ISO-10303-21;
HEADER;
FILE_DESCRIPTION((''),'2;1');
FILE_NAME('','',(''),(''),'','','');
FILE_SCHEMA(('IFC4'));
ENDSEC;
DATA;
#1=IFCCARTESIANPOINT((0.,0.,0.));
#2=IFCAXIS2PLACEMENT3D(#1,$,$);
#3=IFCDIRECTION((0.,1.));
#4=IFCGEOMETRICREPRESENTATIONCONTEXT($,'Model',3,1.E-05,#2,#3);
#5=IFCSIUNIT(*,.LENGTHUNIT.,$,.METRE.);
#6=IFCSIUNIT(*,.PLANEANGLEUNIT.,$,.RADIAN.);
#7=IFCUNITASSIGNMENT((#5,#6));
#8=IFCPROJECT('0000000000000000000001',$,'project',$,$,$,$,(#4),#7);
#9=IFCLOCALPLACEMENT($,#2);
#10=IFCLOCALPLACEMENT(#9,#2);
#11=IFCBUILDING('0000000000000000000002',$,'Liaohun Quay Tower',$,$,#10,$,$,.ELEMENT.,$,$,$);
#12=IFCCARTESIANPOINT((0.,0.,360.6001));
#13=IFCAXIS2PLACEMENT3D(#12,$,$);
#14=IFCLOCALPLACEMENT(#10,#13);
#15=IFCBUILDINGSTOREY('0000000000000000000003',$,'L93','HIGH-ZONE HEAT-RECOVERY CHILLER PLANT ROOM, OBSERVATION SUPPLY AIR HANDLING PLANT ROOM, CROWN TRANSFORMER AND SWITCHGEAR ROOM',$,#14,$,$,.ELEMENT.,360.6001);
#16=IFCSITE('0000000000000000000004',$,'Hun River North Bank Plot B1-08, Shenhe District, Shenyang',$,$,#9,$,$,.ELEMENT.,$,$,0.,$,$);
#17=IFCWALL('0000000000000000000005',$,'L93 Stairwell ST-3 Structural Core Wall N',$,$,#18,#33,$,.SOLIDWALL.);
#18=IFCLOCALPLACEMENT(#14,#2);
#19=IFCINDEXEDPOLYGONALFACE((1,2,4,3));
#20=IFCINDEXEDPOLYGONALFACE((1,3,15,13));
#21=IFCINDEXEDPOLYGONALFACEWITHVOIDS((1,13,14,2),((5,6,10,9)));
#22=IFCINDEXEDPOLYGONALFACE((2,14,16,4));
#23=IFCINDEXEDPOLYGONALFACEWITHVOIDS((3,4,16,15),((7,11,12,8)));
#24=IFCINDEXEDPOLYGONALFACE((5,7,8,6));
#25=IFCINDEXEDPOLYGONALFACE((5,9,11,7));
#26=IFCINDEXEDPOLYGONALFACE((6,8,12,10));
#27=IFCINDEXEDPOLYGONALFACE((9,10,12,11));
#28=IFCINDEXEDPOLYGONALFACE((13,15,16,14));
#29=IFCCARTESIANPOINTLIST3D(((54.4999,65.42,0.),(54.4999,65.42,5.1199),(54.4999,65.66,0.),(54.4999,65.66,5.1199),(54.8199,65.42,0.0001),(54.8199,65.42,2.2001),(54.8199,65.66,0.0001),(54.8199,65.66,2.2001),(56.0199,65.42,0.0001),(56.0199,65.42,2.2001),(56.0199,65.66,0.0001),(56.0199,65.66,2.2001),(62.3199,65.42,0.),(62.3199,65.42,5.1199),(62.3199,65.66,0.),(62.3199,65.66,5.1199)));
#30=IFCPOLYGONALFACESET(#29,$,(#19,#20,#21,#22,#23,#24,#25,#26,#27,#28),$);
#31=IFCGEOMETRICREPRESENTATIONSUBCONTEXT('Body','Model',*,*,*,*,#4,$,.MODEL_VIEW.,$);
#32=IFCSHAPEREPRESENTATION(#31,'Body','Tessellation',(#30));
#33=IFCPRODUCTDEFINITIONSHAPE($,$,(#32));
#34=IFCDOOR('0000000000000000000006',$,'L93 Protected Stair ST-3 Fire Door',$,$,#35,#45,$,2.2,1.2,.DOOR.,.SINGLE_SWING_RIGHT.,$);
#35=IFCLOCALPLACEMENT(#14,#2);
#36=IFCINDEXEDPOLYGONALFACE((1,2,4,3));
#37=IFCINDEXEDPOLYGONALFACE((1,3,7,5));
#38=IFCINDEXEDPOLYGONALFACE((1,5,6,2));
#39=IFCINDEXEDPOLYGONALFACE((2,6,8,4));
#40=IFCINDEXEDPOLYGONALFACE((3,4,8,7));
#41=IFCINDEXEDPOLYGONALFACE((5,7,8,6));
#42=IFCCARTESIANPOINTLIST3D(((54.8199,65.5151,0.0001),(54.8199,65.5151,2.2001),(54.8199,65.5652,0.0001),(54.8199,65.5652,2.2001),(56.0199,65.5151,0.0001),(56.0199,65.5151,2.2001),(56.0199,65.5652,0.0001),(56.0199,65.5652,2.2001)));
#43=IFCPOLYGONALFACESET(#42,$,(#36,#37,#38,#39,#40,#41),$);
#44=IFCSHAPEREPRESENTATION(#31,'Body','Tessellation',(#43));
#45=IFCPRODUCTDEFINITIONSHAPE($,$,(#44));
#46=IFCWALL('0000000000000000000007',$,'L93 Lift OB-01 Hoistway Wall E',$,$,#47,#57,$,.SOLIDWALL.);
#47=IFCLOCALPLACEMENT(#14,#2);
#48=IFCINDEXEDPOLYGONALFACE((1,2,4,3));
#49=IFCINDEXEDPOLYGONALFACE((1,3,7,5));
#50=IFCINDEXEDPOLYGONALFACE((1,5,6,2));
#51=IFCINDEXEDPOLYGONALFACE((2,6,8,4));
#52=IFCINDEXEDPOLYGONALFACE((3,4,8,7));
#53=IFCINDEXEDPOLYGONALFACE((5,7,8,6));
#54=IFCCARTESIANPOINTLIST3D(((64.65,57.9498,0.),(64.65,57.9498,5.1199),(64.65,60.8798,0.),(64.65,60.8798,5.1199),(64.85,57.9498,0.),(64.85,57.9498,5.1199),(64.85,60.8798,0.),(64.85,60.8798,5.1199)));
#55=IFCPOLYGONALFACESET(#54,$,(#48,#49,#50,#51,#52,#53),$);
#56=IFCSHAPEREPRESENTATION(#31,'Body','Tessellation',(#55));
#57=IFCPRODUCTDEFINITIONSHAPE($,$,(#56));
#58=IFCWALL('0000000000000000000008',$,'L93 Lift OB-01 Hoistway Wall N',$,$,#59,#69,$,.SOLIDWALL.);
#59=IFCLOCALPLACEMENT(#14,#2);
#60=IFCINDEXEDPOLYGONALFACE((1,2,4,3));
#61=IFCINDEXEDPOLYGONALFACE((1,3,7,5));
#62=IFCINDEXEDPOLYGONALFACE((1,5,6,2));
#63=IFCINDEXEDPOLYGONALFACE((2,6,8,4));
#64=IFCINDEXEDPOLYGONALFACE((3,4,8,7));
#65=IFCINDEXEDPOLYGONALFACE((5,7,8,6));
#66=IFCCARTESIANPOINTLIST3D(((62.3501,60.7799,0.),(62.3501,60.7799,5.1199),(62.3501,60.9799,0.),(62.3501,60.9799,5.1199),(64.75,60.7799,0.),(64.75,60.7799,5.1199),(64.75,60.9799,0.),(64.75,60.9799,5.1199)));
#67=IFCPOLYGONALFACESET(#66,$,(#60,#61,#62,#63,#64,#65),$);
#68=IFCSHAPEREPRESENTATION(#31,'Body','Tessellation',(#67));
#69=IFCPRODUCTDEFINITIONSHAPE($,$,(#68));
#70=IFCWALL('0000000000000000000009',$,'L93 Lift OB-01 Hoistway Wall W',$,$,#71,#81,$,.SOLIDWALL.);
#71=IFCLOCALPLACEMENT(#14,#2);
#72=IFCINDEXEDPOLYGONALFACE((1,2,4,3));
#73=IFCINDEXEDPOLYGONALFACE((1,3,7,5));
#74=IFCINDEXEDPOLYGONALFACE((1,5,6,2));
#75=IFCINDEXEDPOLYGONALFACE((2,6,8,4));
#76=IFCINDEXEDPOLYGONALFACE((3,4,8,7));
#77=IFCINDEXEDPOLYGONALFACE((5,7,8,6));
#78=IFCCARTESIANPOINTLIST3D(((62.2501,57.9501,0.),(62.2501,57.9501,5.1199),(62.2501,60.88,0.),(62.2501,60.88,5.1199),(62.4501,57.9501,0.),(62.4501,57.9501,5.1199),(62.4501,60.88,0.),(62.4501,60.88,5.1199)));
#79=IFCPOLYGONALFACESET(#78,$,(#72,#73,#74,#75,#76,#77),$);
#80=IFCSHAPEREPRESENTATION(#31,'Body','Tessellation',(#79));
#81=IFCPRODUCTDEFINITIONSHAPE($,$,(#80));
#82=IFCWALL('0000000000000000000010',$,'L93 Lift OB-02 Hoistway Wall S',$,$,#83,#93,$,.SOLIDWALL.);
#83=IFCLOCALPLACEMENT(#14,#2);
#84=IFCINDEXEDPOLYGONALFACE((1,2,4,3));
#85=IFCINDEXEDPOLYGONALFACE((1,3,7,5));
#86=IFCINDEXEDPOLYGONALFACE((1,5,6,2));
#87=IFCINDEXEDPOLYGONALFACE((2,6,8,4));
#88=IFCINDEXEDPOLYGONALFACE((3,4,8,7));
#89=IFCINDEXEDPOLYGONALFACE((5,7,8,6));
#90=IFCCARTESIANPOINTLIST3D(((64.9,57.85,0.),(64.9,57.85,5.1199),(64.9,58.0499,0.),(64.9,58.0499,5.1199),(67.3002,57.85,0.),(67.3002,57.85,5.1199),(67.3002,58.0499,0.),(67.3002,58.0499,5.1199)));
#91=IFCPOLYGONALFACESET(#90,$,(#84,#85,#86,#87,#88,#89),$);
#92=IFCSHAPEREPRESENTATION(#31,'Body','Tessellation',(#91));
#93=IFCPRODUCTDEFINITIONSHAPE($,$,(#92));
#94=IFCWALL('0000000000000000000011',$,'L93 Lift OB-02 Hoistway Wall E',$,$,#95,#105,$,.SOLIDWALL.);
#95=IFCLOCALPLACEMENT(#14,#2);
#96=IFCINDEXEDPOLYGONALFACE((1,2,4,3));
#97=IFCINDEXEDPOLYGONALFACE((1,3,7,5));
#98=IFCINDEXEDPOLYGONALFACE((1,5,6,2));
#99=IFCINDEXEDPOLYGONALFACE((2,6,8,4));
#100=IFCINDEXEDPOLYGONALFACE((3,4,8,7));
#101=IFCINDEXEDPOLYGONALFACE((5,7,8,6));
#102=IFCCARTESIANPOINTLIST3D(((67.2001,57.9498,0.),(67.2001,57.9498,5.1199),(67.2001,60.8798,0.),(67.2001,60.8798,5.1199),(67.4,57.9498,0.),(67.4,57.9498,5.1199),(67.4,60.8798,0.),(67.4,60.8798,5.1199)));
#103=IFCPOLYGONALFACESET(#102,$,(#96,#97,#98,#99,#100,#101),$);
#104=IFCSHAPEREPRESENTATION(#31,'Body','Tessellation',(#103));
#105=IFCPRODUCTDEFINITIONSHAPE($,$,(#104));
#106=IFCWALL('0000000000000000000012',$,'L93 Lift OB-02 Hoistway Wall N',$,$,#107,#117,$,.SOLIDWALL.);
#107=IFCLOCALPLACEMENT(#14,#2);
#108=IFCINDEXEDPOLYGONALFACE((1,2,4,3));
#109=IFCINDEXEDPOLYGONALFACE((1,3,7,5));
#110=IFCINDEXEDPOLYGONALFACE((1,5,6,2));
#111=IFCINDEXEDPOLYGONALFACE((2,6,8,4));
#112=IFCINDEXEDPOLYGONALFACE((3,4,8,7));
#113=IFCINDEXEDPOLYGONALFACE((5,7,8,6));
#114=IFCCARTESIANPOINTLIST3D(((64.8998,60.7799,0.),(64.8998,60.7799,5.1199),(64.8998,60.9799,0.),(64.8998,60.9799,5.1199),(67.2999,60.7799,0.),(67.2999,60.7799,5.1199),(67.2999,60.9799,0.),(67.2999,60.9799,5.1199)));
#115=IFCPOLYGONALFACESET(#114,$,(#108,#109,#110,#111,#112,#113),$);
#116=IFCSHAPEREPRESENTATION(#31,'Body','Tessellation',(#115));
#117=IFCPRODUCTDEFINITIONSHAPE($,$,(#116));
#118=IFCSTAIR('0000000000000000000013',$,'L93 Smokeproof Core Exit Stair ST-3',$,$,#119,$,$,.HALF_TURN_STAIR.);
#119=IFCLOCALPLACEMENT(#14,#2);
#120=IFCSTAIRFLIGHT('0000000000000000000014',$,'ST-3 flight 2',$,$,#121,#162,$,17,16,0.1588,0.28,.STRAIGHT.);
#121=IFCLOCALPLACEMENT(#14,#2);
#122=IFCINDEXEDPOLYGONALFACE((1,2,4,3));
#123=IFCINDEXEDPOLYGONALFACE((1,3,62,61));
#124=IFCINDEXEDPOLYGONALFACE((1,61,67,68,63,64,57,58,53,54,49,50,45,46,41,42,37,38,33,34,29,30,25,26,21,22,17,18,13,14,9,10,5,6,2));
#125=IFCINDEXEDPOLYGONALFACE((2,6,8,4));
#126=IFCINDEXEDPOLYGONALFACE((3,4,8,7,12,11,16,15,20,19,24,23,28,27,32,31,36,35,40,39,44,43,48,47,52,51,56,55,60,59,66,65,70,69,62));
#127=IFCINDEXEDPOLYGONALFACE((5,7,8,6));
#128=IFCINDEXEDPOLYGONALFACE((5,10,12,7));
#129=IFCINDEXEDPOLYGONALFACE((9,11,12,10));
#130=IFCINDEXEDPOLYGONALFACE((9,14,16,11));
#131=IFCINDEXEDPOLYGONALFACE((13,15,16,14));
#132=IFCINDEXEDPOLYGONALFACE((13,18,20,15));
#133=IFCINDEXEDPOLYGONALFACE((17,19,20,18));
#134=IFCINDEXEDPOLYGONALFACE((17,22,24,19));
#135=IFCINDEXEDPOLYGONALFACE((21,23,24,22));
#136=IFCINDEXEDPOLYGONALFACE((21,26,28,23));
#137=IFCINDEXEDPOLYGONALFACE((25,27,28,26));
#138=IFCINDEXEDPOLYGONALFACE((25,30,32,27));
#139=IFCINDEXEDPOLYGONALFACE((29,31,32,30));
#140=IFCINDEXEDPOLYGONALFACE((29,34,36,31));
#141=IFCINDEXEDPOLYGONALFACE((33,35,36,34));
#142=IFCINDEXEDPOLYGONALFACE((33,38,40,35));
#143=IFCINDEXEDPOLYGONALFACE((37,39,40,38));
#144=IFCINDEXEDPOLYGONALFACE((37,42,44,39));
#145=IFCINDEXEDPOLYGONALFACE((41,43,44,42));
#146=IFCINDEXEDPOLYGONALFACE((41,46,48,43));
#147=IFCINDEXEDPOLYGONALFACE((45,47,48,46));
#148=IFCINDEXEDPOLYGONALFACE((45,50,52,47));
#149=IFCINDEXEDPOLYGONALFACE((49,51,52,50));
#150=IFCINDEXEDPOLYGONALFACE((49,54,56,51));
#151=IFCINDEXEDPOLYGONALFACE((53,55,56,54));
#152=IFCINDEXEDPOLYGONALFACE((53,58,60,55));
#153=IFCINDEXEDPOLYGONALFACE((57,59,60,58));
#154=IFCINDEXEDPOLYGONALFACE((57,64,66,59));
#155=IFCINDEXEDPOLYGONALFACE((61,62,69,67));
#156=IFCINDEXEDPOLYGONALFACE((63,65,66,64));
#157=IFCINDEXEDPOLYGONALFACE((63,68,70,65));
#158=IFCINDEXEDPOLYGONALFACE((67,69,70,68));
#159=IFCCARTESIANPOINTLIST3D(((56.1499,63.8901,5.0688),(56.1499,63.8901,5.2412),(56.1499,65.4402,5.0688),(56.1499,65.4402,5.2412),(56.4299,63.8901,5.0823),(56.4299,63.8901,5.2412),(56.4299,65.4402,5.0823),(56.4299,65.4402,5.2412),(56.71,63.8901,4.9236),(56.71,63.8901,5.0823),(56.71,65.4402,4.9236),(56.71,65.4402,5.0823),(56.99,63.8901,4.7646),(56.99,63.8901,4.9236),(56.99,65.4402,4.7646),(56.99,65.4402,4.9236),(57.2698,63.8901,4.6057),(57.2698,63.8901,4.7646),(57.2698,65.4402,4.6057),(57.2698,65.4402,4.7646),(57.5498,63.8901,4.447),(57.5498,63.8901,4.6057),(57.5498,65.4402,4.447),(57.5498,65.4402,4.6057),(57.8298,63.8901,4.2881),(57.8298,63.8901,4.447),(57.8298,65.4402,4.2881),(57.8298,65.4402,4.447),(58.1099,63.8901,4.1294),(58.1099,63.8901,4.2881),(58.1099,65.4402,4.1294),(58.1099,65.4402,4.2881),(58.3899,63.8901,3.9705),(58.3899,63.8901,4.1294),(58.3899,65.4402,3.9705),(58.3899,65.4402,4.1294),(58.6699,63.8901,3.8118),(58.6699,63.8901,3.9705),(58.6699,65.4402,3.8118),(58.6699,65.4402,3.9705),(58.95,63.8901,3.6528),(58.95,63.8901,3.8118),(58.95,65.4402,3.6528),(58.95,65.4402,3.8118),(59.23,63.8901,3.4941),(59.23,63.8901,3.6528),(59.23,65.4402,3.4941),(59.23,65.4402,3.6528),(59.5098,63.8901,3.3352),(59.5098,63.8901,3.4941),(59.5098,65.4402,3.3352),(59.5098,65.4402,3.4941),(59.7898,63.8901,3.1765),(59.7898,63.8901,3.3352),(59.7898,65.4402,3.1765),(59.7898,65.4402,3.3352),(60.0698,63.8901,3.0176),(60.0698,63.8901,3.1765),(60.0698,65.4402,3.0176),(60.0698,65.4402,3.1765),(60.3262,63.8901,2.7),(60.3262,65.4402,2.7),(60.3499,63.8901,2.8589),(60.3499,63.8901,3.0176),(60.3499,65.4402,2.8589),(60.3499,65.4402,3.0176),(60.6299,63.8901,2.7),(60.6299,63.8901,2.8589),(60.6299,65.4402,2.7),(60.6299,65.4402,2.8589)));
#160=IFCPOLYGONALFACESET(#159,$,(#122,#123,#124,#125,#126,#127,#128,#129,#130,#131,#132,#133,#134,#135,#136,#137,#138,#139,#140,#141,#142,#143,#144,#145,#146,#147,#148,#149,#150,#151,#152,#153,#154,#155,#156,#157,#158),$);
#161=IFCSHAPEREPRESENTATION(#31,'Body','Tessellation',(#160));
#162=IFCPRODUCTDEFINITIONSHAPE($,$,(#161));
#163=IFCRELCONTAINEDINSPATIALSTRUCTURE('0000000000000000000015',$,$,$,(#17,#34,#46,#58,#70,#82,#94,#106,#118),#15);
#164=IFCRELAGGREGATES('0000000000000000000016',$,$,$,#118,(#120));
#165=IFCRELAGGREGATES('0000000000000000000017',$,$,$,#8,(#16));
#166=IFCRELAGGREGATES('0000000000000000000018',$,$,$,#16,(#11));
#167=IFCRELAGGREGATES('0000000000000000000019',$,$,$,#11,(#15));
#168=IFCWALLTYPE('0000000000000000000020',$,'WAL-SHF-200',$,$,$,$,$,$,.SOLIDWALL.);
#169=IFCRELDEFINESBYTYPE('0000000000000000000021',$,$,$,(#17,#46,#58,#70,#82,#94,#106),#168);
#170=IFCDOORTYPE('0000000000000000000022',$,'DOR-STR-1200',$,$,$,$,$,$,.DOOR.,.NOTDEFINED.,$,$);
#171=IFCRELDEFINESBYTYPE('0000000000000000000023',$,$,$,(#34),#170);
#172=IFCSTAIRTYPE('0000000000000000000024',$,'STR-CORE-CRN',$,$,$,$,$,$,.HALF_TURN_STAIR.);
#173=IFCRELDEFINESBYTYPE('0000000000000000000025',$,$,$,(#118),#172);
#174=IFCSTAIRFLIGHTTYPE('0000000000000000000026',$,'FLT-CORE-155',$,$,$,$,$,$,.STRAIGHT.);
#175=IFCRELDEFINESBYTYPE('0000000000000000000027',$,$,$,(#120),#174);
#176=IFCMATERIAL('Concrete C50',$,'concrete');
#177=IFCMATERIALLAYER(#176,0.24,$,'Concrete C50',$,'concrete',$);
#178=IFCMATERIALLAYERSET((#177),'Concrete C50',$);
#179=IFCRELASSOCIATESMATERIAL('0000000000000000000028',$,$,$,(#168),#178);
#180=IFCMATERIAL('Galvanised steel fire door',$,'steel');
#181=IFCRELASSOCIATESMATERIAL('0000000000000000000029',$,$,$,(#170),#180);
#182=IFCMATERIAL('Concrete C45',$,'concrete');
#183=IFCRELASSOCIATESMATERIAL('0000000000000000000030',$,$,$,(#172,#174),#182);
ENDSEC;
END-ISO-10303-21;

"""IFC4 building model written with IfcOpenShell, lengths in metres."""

from ifc_helpers import new_model, si_unit, direction, frame, frame_2d, origin, place, context, subcontext, project, spatial, polyline, rectangle, outline, extrude, source, transform, mapped, material, layer, layer_set, type_object, element, fill, aggregate, save


model = new_model("IFC4")

# Units and contexts
model_context = context("Model", 3, precision=1e-05, world=origin(), true_north=direction((0.0, 1.0)))
body_context = subcontext(model_context, "Body", "Model", "MODEL_VIEW")
ifc_project = project(units=[si_unit("LENGTHUNIT", "METRE"), si_unit("PLANEANGLEUNIT", "RADIAN")], contexts=[model_context])

# Site, building, storey
site_placement = place(None, origin())
site = spatial("IfcSite", under=ifc_project, at=site_placement, Name="Hun River North Bank Plot B1-08, Shenhe District, Shenyang", CompositionType="ELEMENT", RefElevation=0.0)
building_placement = place(site_placement, origin())
building = spatial("IfcBuilding", under=site, at=building_placement, Name="Liaohun Quay Tower", CompositionType="ELEMENT")
storey_placement = place(building_placement, frame((0.0, 0.0, 360.6001)))
storey = spatial("IfcBuildingStorey", under=building, at=storey_placement, Name="L93", Description="HIGH-ZONE HEAT-RECOVERY CHILLER PLANT ROOM, OBSERVATION SUPPLY AIR HANDLING PLANT ROOM, CROWN TRANSFORMER AND SWITCHGEAR ROOM", CompositionType="ELEMENT", Elevation=360.6001)

# Shared definitions
ifc_material_1 = material(Name="Concrete C50", Category="concrete")

# Shared definitions
ifc_layer_1 = layer(ifc_material_1, 0.24, Name="Concrete C50", Category="concrete")
ifc_layer_set_1 = layer_set([ifc_layer_1], Name="Concrete C50")
wall_type_1 = type_object("IfcWallType", Name="WAL-SHF-200", PredefinedType="SOLIDWALL", material=ifc_layer_set_1)

# Wall, opening, door
wall_1_placement = place(storey_placement, frame((62.3201, 65.54, 0.0), z_axis=(0.0, 0.0, 1.0), x_axis=(-1.0, 0.0, 0.0)))
wall_1 = element("IfcWall", 1, at=wall_1_placement, inside=storey, type_object=wall_type_1, Name="L93 Stairwell ST-3 Structural Core Wall N", PredefinedType="SOLIDWALL", context=body_context, shape_type="SweptSolid", body=[
    extrude(rectangle(XDim=7.8201, YDim=0.24, at=frame_2d((3.9102, 0.0))), origin(), (0.0, 0.0, 1.0), 5.1199),
])
shared_shape_1 = source(origin(), body_context, "Body", "SweptSolid", [
    extrude(rectangle(XDim=1.2, YDim=2.2, at=frame_2d((0.6001, 1.1001))), frame((0.0, 0.1299, 0.0), z_axis=(0.0, -1.0, 0.0), x_axis=(1.0, 0.0, 0.0)), (0.0, 0.0, 1.0), 0.26),
])
opening_1_placement = place(wall_1_placement, frame((6.3, 0.0, 0.0)))
opening_1 = element("IfcOpeningElement", 2, at=opening_1_placement, cuts=wall_1, PredefinedType="OPENING", context=body_context, shape_type="MappedRepresentation", body=[
    mapped(shared_shape_1, transform((0.0, 0.0, 0.0), x_axis=(1.0, 0.0, 0.0), y_axis=(0.0, 1.0, 0.0), z_axis=(0.0, 0.0, 1.0), scale=1.0)),
])
ifc_material_2 = material(Name="Galvanised steel fire door", Category="steel")
door_type_1 = type_object("IfcDoorType", Name="DOR-STR-1200", OperationType="NOTDEFINED", PredefinedType="DOOR", material=ifc_material_2)
shared_shape_2 = source(origin(), body_context, "Body", "SweptSolid", [
    extrude(rectangle(XDim=1.2, YDim=2.2, at=frame_2d((0.6001, 1.1001))), frame((0.0, 0.0249, 0.0), z_axis=(0.0, -1.0, 0.0), x_axis=(1.0, 0.0, 0.0)), (0.0, 0.0, 1.0), 0.05),
])
door_1_placement = place(opening_1_placement, origin())
door_1 = element("IfcDoor", 3, at=door_1_placement, inside=storey, type_object=door_type_1, Name="L93 Protected Stair ST-3 Fire Door", OperationType="SINGLE_SWING_RIGHT", OverallHeight=2.2, OverallWidth=1.2, PredefinedType="DOOR", context=body_context, shape_type="MappedRepresentation", body=[
    mapped(shared_shape_2, transform((0.0, 0.0, 0.0), x_axis=(1.0, 0.0, 0.0), y_axis=(0.0, 1.0, 0.0), z_axis=(0.0, 0.0, 1.0), scale=1.0)),
])
fill(opening_1, door_1)

# Walls
wall_2_placement = place(storey_placement, frame((64.75, 57.95, 0.0), z_axis=(0.0, 0.0, 1.0), x_axis=(0.0, 1.0, 0.0)))
element("IfcWall", 4, at=wall_2_placement, inside=storey, type_object=wall_type_1, Name="L93 Lift OB-01 Hoistway Wall E", PredefinedType="SOLIDWALL", context=body_context, shape_type="SweptSolid", body=[
    extrude(rectangle(XDim=2.9299, YDim=0.2, at=frame_2d((1.4648, 0.0))), origin(), (0.0, 0.0, 1.0), 5.1199),
])
wall_3_placement = place(storey_placement, frame((64.75, 60.8799, 0.0), z_axis=(0.0, 0.0, 1.0), x_axis=(-1.0, 0.0, 0.0)))
element("IfcWall", 5, at=wall_3_placement, inside=storey, type_object=wall_type_1, Name="L93 Lift OB-01 Hoistway Wall N", PredefinedType="SOLIDWALL", context=body_context, shape_type="SweptSolid", body=[
    extrude(rectangle(XDim=2.3999, YDim=0.2, at=frame_2d((1.2, 0.0))), origin(), (0.0, 0.0, 1.0), 5.1199),
])
wall_4_placement = place(storey_placement, frame((62.3501, 60.8799, 0.0), z_axis=(0.0, 0.0, 1.0), x_axis=(0.0, -1.0, 0.0)))
element("IfcWall", 6, at=wall_4_placement, inside=storey, type_object=wall_type_1, Name="L93 Lift OB-01 Hoistway Wall W", PredefinedType="SOLIDWALL", context=body_context, shape_type="SweptSolid", body=[
    extrude(rectangle(XDim=2.9299, YDim=0.2, at=frame_2d((1.4648, 0.0))), origin(), (0.0, 0.0, 1.0), 5.1199),
])
wall_5_placement = place(storey_placement, frame((64.8999, 57.95, 0.0), z_axis=(0.0, 0.0, 1.0), x_axis=(1.0, 0.0, 0.0)))
element("IfcWall", 7, at=wall_5_placement, inside=storey, type_object=wall_type_1, Name="L93 Lift OB-02 Hoistway Wall S", PredefinedType="SOLIDWALL", context=body_context, shape_type="SweptSolid", body=[
    extrude(rectangle(XDim=2.4001, YDim=0.2, at=frame_2d((1.2002, 0.0))), origin(), (0.0, 0.0, 1.0), 5.1199),
])
wall_6_placement = place(storey_placement, frame((67.3, 57.95, 0.0), z_axis=(0.0, 0.0, 1.0), x_axis=(0.0, 1.0, 0.0)))
element("IfcWall", 8, at=wall_6_placement, inside=storey, type_object=wall_type_1, Name="L93 Lift OB-02 Hoistway Wall E", PredefinedType="SOLIDWALL", context=body_context, shape_type="SweptSolid", body=[
    extrude(rectangle(XDim=2.9299, YDim=0.2, at=frame_2d((1.4648, 0.0))), origin(), (0.0, 0.0, 1.0), 5.1199),
])
wall_7_placement = place(storey_placement, frame((67.3, 60.8799, 0.0), z_axis=(0.0, 0.0, 1.0), x_axis=(-1.0, 0.0, 0.0)))
element("IfcWall", 9, at=wall_7_placement, inside=storey, type_object=wall_type_1, Name="L93 Lift OB-02 Hoistway Wall N", PredefinedType="SOLIDWALL", context=body_context, shape_type="SweptSolid", body=[
    extrude(rectangle(XDim=2.4001, YDim=0.2, at=frame_2d((1.2002, 0.0))), origin(), (0.0, 0.0, 1.0), 5.1199),
])

# Stair, stair flight
ifc_material_3 = material(Name="Concrete C45", Category="concrete")
stair_type = type_object("IfcStairType", Name="STR-CORE-CRN", PredefinedType="HALF_TURN_STAIR", material=ifc_material_3)
stair_placement = place(storey_placement, origin())
stair = element("IfcStair", 10, at=stair_placement, inside=storey, type_object=stair_type, Name="L93 Smokeproof Core Exit Stair ST-3", PredefinedType="HALF_TURN_STAIR")
stair_flight_type = type_object("IfcStairFlightType", Name="FLT-CORE-155", PredefinedType="STRAIGHT", material=ifc_material_3)
stair_flight_placement = place(storey_placement, frame((60.6299, 64.665, 2.7), z_axis=(0.0, 0.0, 1.0), x_axis=(-1.0, 0.0, 0.0)))
stair_flight = element("IfcStairFlight", 11, at=stair_flight_placement, type_object=stair_flight_type, Name="ST-3 flight 2", NumberOfRisers=17, NumberOfTreads=16, PredefinedType="STRAIGHT", RiserHeight=0.1588, TreadLength=0.28, context=body_context, shape_type="SweptSolid", body=[
    extrude(outline(polyline([(0.0, 0.0), (0.0, 0.1589), (0.28, 0.1589), (0.28, 0.3176), (0.5601, 0.3176), (0.5601, 0.4766), (0.8401, 0.4766), (0.8401, 0.6353), (1.1201, 0.6353), (1.1201, 0.7942), (1.3999, 0.7942), (1.3999, 0.9529), (1.6799, 0.9529), (1.6799, 1.1118), (1.96, 1.1118), (1.96, 1.2705), (2.24, 1.2705), (2.24, 1.4294), (2.52, 1.4294), (2.52, 1.5881), (2.8, 1.5881), (2.8, 1.7471), (3.0801, 1.7471), (3.0801, 1.9058), (3.3601, 1.9058), (3.3601, 2.0647), (3.6399, 2.0647), (3.6399, 2.2236), (3.9199, 2.2236), (3.9199, 2.3823), (4.2, 2.3823), (4.2, 2.5413), (4.48, 2.5413), (4.48, 2.7), (4.48, 2.3689), (0.3037, 0.0), (0.0, 0.0)])), frame((0.0, 0.7749, 0.0), z_axis=(0.0, -1.0, 0.0), x_axis=(1.0, 0.0, 0.0)), (0.0, 0.0, 1.0), 1.55),
])
aggregate(stair, [stair_flight])

save(model, "model.ifc")
